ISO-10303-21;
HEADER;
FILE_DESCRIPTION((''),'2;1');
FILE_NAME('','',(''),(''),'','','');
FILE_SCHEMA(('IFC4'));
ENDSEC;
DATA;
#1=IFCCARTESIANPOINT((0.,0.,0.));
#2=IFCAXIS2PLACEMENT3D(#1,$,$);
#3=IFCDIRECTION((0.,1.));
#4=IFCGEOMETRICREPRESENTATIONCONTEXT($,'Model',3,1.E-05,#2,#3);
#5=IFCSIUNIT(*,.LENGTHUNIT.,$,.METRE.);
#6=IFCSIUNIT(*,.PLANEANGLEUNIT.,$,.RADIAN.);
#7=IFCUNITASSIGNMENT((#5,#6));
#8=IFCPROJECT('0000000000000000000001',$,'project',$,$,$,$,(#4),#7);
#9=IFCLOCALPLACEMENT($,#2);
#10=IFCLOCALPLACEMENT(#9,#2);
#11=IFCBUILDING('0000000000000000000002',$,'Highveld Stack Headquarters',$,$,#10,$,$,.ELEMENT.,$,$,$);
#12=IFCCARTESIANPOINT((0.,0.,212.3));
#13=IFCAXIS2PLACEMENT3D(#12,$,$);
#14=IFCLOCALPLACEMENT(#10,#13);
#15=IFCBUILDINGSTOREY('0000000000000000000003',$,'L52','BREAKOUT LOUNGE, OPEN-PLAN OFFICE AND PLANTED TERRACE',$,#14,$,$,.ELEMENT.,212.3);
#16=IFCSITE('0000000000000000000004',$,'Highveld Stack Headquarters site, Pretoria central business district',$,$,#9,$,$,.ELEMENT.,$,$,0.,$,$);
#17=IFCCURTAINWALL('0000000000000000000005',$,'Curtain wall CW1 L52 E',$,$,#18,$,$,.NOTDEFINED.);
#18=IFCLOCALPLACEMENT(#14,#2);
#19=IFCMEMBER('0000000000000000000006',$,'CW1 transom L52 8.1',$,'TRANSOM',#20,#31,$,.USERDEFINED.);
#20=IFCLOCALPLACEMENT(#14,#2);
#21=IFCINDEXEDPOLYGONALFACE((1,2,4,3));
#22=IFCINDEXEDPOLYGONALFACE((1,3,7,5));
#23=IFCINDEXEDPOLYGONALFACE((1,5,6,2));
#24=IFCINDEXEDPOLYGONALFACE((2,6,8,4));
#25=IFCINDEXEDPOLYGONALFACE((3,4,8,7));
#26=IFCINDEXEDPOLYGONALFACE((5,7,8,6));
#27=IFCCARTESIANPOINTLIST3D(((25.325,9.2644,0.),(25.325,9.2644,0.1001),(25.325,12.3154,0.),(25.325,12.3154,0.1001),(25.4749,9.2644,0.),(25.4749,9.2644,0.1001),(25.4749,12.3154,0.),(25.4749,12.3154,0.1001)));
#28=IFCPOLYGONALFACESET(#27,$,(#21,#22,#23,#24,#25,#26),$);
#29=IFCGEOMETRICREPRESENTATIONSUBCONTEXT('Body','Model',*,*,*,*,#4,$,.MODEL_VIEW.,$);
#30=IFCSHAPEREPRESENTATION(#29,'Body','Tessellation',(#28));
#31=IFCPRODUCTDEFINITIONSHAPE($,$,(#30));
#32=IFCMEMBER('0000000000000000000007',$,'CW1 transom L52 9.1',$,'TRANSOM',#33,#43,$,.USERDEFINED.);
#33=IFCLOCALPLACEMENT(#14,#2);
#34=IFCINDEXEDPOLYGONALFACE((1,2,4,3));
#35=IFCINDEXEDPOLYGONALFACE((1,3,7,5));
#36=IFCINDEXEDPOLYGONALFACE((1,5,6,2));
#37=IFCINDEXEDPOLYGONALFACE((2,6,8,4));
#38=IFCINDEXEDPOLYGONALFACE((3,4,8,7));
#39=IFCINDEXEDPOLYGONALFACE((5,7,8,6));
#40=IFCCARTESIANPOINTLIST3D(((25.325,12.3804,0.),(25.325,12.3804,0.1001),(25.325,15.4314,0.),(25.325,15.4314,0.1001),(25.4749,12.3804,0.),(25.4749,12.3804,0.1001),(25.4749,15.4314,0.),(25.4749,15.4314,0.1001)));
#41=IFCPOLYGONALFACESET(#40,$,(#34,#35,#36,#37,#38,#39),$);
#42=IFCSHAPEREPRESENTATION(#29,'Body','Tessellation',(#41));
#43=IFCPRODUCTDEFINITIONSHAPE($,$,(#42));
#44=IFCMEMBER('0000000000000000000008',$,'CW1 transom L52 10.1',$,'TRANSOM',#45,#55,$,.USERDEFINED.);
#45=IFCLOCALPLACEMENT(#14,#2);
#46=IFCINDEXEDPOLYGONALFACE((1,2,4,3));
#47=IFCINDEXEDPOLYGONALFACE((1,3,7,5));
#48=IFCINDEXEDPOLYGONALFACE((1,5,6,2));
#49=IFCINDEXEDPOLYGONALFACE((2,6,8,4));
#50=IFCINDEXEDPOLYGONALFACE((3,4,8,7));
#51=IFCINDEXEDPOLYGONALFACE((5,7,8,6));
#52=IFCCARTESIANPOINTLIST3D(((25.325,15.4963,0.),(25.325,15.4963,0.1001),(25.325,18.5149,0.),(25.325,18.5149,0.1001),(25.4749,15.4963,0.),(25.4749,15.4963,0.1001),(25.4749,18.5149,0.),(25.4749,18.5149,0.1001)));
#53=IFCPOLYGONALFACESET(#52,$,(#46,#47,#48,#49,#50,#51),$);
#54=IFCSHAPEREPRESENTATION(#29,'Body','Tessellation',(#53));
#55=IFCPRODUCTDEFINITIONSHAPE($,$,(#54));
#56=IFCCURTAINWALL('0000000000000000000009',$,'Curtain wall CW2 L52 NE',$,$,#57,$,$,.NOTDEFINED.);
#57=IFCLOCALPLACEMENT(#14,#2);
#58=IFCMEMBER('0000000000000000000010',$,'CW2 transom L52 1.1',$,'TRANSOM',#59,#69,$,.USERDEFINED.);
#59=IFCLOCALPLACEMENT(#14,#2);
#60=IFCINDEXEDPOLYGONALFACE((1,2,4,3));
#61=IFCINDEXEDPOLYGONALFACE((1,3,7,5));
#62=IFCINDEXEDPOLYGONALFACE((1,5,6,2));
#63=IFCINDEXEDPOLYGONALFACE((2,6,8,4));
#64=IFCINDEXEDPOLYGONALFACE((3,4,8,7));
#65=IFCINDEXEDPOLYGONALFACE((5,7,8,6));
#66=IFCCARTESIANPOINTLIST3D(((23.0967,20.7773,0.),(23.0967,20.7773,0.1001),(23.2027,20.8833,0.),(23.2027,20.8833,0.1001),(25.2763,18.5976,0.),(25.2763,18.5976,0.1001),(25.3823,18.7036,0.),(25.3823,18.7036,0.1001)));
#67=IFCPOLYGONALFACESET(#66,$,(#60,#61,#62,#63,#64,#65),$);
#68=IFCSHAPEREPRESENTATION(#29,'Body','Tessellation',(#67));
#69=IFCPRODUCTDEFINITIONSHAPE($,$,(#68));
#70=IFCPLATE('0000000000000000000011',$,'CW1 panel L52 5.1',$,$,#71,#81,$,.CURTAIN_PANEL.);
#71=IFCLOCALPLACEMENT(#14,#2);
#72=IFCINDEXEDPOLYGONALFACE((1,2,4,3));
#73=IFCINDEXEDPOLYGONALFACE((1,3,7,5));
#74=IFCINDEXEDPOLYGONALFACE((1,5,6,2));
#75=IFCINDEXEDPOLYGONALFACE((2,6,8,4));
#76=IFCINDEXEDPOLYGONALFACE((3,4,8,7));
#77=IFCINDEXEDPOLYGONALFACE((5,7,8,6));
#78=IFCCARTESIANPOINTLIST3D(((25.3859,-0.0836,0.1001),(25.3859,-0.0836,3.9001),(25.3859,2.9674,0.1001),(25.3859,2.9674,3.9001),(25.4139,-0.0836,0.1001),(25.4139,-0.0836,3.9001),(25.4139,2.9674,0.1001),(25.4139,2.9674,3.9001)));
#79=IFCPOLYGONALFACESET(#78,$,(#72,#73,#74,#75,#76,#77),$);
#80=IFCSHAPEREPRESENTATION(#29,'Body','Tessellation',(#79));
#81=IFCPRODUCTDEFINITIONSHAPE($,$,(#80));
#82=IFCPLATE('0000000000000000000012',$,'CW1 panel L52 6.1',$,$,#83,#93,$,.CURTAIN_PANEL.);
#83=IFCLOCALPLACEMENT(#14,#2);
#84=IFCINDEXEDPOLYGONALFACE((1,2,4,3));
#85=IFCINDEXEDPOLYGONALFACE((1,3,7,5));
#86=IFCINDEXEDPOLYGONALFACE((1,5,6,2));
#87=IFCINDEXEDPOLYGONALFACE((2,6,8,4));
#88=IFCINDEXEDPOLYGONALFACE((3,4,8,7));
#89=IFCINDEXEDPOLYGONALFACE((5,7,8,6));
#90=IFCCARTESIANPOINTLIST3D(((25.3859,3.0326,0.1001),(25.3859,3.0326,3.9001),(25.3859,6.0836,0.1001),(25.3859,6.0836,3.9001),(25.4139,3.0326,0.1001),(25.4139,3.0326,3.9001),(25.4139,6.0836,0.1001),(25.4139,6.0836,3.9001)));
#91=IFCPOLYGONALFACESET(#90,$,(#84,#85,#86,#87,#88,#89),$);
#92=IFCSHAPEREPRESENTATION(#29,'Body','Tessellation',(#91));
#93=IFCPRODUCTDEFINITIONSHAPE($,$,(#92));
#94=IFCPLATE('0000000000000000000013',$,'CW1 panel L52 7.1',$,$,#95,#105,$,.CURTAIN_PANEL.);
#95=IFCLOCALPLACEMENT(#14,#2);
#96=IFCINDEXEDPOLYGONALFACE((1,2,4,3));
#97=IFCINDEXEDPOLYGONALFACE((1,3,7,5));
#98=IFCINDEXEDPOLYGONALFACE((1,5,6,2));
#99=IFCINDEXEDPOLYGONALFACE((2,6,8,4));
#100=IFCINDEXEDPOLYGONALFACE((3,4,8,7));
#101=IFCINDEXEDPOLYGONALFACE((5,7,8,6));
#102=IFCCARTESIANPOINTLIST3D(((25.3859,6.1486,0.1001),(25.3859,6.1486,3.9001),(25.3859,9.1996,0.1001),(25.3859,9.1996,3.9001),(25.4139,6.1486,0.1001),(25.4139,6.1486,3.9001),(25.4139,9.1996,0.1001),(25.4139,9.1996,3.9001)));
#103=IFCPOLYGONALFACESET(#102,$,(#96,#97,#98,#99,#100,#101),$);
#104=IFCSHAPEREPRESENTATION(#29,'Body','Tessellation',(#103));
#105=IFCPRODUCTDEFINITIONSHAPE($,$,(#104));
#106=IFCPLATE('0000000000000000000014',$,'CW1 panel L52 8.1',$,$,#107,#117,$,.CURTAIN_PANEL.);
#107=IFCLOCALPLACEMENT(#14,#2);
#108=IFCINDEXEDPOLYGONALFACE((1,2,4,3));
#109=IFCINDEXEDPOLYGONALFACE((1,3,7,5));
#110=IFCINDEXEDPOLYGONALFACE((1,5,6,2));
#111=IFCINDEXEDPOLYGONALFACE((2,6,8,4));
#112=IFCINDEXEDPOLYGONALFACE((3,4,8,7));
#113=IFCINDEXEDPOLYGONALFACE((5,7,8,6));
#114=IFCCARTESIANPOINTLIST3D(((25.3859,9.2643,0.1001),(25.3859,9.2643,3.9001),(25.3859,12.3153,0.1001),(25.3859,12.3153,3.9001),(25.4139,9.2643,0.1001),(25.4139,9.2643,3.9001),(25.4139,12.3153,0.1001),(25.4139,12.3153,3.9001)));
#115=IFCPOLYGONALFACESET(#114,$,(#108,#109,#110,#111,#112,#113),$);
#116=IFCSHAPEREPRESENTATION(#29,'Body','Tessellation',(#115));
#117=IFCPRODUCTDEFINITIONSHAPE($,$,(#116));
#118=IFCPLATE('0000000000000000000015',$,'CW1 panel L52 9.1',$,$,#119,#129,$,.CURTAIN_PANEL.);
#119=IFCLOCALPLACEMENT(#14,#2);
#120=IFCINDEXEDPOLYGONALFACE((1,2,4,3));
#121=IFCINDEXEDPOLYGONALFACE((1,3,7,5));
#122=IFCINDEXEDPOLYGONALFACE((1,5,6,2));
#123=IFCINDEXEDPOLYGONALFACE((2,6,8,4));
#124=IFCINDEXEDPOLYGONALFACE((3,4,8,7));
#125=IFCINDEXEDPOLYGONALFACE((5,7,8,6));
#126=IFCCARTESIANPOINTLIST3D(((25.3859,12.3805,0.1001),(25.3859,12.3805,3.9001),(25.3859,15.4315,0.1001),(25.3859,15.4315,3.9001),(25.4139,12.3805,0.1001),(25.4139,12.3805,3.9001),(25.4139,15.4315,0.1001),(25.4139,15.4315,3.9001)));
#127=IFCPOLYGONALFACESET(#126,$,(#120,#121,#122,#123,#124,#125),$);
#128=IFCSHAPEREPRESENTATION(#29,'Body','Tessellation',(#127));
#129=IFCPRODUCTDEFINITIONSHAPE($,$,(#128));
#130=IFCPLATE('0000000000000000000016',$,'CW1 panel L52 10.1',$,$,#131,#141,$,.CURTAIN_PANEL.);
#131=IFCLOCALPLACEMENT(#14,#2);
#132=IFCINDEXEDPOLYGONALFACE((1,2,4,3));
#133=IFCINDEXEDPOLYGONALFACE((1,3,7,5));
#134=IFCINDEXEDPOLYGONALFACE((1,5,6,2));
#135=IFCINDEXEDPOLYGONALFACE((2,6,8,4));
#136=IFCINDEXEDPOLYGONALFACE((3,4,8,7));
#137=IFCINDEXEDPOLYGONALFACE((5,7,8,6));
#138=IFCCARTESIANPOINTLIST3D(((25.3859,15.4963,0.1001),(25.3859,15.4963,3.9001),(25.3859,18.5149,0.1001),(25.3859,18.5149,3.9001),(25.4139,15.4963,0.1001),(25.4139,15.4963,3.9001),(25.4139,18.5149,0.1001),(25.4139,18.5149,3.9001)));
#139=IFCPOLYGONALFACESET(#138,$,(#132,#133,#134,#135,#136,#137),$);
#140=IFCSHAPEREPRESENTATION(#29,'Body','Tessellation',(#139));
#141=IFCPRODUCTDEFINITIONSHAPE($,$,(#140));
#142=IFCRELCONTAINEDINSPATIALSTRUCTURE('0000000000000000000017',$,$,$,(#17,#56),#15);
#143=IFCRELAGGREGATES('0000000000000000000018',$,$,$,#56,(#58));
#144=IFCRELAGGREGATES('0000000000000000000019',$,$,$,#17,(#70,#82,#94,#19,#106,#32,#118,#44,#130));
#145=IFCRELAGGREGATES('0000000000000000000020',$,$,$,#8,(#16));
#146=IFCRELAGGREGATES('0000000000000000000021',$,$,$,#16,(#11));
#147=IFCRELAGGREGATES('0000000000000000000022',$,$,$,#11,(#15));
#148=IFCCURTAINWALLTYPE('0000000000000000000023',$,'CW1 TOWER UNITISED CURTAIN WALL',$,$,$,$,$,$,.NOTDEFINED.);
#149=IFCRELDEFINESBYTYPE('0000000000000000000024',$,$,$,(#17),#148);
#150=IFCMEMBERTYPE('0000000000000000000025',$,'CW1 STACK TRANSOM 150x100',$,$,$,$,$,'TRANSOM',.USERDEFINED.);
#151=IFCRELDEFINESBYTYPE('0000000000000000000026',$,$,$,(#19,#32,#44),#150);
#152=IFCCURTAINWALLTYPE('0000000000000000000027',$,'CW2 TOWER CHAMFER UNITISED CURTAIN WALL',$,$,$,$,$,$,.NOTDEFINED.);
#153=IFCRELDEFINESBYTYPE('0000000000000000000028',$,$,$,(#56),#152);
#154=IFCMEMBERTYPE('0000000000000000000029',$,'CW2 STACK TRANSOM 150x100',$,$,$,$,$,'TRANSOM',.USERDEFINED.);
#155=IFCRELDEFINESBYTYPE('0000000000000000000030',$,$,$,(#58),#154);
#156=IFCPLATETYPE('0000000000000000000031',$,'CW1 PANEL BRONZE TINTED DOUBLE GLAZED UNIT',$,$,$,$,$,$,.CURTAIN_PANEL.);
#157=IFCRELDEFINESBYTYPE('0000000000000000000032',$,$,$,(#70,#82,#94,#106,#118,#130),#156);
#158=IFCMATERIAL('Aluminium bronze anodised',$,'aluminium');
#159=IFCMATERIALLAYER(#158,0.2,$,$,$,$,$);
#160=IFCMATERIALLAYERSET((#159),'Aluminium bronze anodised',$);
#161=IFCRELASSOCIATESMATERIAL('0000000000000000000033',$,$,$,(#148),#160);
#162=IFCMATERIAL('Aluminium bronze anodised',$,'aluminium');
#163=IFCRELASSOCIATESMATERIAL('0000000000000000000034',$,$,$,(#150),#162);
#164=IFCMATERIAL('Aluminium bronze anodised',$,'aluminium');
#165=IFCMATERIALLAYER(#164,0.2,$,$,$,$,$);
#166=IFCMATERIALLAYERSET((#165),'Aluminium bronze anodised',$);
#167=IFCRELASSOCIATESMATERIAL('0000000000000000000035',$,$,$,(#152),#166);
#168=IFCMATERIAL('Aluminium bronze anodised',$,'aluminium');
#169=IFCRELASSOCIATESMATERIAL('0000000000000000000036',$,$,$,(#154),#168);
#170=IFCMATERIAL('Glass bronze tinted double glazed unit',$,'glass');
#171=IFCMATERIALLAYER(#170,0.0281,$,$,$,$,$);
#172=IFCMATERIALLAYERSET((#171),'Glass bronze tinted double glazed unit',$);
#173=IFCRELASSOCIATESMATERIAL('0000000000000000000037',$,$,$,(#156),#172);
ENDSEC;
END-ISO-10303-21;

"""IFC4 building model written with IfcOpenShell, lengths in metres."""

from ifc_helpers import new_model, si_unit, direction, frame, origin, origin_2d, place, context, subcontext, project, spatial, rectangle, extrude, material, layer, layer_set, material_profile, profile_set, type_object, element, aggregate, save


model = new_model("IFC4")

# Units and contexts
model_context = context("Model", 3, precision=1e-05, world=origin(), true_north=direction((0.0, 1.0)))
body_context = subcontext(model_context, "Body", "Model", "MODEL_VIEW")
ifc_project = project(units=[si_unit("LENGTHUNIT", "METRE"), si_unit("PLANEANGLEUNIT", "RADIAN")], contexts=[model_context])

# Site, building, storey
site_placement = place(None, origin())
site = spatial("IfcSite", under=ifc_project, at=site_placement, Name="Highveld Stack Headquarters site, Pretoria central business district", CompositionType="ELEMENT", RefElevation=0.0)
building_placement = place(site_placement, origin())
building = spatial("IfcBuilding", under=site, at=building_placement, Name="Highveld Stack Headquarters", CompositionType="ELEMENT")
storey_placement = place(building_placement, frame((0.0, 0.0, 212.3)))
storey = spatial("IfcBuildingStorey", under=building, at=storey_placement, Name="L52", Description="BREAKOUT LOUNGE, OPEN-PLAN OFFICE AND PLANTED TERRACE", CompositionType="ELEMENT", Elevation=212.3)

# Curtain wall, members
ifc_material_1 = material(Name="Aluminium bronze anodised", Category="aluminium")
ifc_layer_1 = layer(ifc_material_1, 0.2)
ifc_layer_set_1 = layer_set([ifc_layer_1], Name="Aluminium bronze anodised")
curtain_wall_type_1 = type_object("IfcCurtainWallType", Name="CW1 TOWER UNITISED CURTAIN WALL", PredefinedType="NOTDEFINED", material=ifc_layer_set_1)
curtain_wall_1_placement = place(storey_placement, origin())
curtain_wall_1 = element("IfcCurtainWall", 1, at=curtain_wall_1_placement, inside=storey, type_object=curtain_wall_type_1, Name="Curtain wall CW1 L52 E", PredefinedType="NOTDEFINED")
ifc_material_2 = material(Name="Aluminium bronze anodised", Category="aluminium")
ifc_material_profile_1 = material_profile(ifc_material_2, rectangle(XDim=0.1499, YDim=0.1001, at=origin_2d()), Name="CW1 TRANSOM 150x100")
ifc_profile_set_1 = profile_set([ifc_material_profile_1], Name="Aluminium bronze anodised")
member_type_1 = type_object("IfcMemberType", Name="CW1 STACK TRANSOM 150x100", ElementType="TRANSOM", PredefinedType="USERDEFINED", material=ifc_profile_set_1)
member_1_placement = place(storey_placement, frame((25.3999, 9.2644, 0.05), z_axis=(0.0, 1.0, 0.0), x_axis=(-1.0, 0.0, 0.0)))
member_1 = element("IfcMember", 2, at=member_1_placement, type_object=member_type_1, Name="CW1 transom L52 8.1", ObjectType="TRANSOM", PredefinedType="USERDEFINED", context=body_context, shape_type="SweptSolid", body=[
    extrude(rectangle(XDim=0.1499, YDim=0.1001, at=origin_2d()), origin(), (0.0, 0.0, 1.0), 3.051),
])
member_2_placement = place(storey_placement, frame((25.3999, 12.3804, 0.05), z_axis=(0.0, 1.0, 0.0), x_axis=(-1.0, 0.0, 0.0)))
member_2 = element("IfcMember", 3, at=member_2_placement, type_object=member_type_1, Name="CW1 transom L52 9.1", ObjectType="TRANSOM", PredefinedType="USERDEFINED", context=body_context, shape_type="SweptSolid", body=[
    extrude(rectangle(XDim=0.1499, YDim=0.1001, at=origin_2d()), origin(), (0.0, 0.0, 1.0), 3.051),
])
member_3_placement = place(storey_placement, frame((25.3999, 15.4963, 0.05), z_axis=(0.0, 1.0, 0.0), x_axis=(-1.0, 0.0, 0.0)))
member_3 = element("IfcMember", 4, at=member_3_placement, type_object=member_type_1, Name="CW1 transom L52 10.1", ObjectType="TRANSOM", PredefinedType="USERDEFINED", context=body_context, shape_type="SweptSolid", body=[
    extrude(rectangle(XDim=0.1499, YDim=0.1001, at=origin_2d()), origin(), (0.0, 0.0, 1.0), 3.0186),
])

# Curtain wall, member
ifc_material_3 = material(Name="Aluminium bronze anodised", Category="aluminium")
ifc_layer_2 = layer(ifc_material_3, 0.2)
ifc_layer_set_2 = layer_set([ifc_layer_2], Name="Aluminium bronze anodised")
curtain_wall_type_2 = type_object("IfcCurtainWallType", Name="CW2 TOWER CHAMFER UNITISED CURTAIN WALL", PredefinedType="NOTDEFINED", material=ifc_layer_set_2)
curtain_wall_2_placement = place(storey_placement, origin())
curtain_wall_2 = element("IfcCurtainWall", 5, at=curtain_wall_2_placement, inside=storey, type_object=curtain_wall_type_2, Name="Curtain wall CW2 L52 NE", PredefinedType="NOTDEFINED")
ifc_material_4 = material(Name="Aluminium bronze anodised", Category="aluminium")
ifc_material_profile_2 = material_profile(ifc_material_4, rectangle(XDim=0.1499, YDim=0.1001, at=origin_2d()), Name="CW2 TRANSOM 150x100")
ifc_profile_set_2 = profile_set([ifc_material_profile_2], Name="Aluminium bronze anodised")
member_type_2 = type_object("IfcMemberType", Name="CW2 STACK TRANSOM 150x100", ElementType="TRANSOM", PredefinedType="USERDEFINED", material=ifc_profile_set_2)
member_4_placement = place(storey_placement, frame((25.3293, 18.6506, 0.05), z_axis=(-0.707107, 0.707107, 0.0), x_axis=(-0.707107, -0.707107, 0.0)))
member_4 = element("IfcMember", 6, at=member_4_placement, type_object=member_type_2, Name="CW2 transom L52 1.1", ObjectType="TRANSOM", PredefinedType="USERDEFINED", context=body_context, shape_type="SweptSolid", body=[
    extrude(rectangle(XDim=0.1499, YDim=0.1001, at=origin_2d()), origin(), (0.0, 0.0, 1.0), 3.0825),
])
aggregate(curtain_wall_2, [member_4])

# Plates
ifc_material_5 = material(Name="Glass bronze tinted double glazed unit", Category="glass")
ifc_layer_3 = layer(ifc_material_5, 0.0281)
ifc_layer_set_3 = layer_set([ifc_layer_3], Name="Glass bronze tinted double glazed unit")
plate_type = type_object("IfcPlateType", Name="CW1 PANEL BRONZE TINTED DOUBLE GLAZED UNIT", PredefinedType="CURTAIN_PANEL", material=ifc_layer_set_3)
plate_1_placement = place(storey_placement, frame((25.3999, 1.4419, 0.1001), z_axis=(0.0, 0.0, 1.0), x_axis=(0.0, 1.0, 0.0)))
plate_1 = element("IfcPlate", 7, at=plate_1_placement, type_object=plate_type, Name="CW1 panel L52 5.1", PredefinedType="CURTAIN_PANEL", context=body_context, shape_type="SweptSolid", body=[
    extrude(rectangle(XDim=3.051, YDim=0.0281, at=origin_2d()), origin(), (0.0, 0.0, 1.0), 3.8),
])
plate_2_placement = place(storey_placement, frame((25.3999, 4.5581, 0.1001), z_axis=(0.0, 0.0, 1.0), x_axis=(0.0, 1.0, 0.0)))
plate_2 = element("IfcPlate", 8, at=plate_2_placement, type_object=plate_type, Name="CW1 panel L52 6.1", PredefinedType="CURTAIN_PANEL", context=body_context, shape_type="SweptSolid", body=[
    extrude(rectangle(XDim=3.051, YDim=0.0281, at=origin_2d()), origin(), (0.0, 0.0, 1.0), 3.8),
])
plate_3_placement = place(storey_placement, frame((25.3999, 7.6741, 0.1001), z_axis=(0.0, 0.0, 1.0), x_axis=(0.0, 1.0, 0.0)))
plate_3 = element("IfcPlate", 9, at=plate_3_placement, type_object=plate_type, Name="CW1 panel L52 7.1", PredefinedType="CURTAIN_PANEL", context=body_context, shape_type="SweptSolid", body=[
    extrude(rectangle(XDim=3.051, YDim=0.0281, at=origin_2d()), origin(), (0.0, 0.0, 1.0), 3.8),
])
plate_4_placement = place(storey_placement, frame((25.3999, 10.7898, 0.1001), z_axis=(0.0, 0.0, 1.0), x_axis=(0.0, 1.0, 0.0)))
plate_4 = element("IfcPlate", 10, at=plate_4_placement, type_object=plate_type, Name="CW1 panel L52 8.1", PredefinedType="CURTAIN_PANEL", context=body_context, shape_type="SweptSolid", body=[
    extrude(rectangle(XDim=3.051, YDim=0.0281, at=origin_2d()), origin(), (0.0, 0.0, 1.0), 3.8),
])
plate_5_placement = place(storey_placement, frame((25.3999, 13.906, 0.1001), z_axis=(0.0, 0.0, 1.0), x_axis=(0.0, 1.0, 0.0)))
plate_5 = element("IfcPlate", 11, at=plate_5_placement, type_object=plate_type, Name="CW1 panel L52 9.1", PredefinedType="CURTAIN_PANEL", context=body_context, shape_type="SweptSolid", body=[
    extrude(rectangle(XDim=3.051, YDim=0.0281, at=origin_2d()), origin(), (0.0, 0.0, 1.0), 3.8),
])
plate_6_placement = place(storey_placement, frame((25.3999, 17.0056, 0.1001), z_axis=(0.0, 0.0, 1.0), x_axis=(0.0, 1.0, 0.0)))
plate_6 = element("IfcPlate", 12, at=plate_6_placement, type_object=plate_type, Name="CW1 panel L52 10.1", PredefinedType="CURTAIN_PANEL", context=body_context, shape_type="SweptSolid", body=[
    extrude(rectangle(XDim=3.0186, YDim=0.0281, at=origin_2d()), origin(), (0.0, 0.0, 1.0), 3.8),
])
aggregate(curtain_wall_1, [plate_1, plate_2, plate_3, member_1, plate_4, member_2, plate_5, member_3, plate_6])

save(model, "model.ifc")
